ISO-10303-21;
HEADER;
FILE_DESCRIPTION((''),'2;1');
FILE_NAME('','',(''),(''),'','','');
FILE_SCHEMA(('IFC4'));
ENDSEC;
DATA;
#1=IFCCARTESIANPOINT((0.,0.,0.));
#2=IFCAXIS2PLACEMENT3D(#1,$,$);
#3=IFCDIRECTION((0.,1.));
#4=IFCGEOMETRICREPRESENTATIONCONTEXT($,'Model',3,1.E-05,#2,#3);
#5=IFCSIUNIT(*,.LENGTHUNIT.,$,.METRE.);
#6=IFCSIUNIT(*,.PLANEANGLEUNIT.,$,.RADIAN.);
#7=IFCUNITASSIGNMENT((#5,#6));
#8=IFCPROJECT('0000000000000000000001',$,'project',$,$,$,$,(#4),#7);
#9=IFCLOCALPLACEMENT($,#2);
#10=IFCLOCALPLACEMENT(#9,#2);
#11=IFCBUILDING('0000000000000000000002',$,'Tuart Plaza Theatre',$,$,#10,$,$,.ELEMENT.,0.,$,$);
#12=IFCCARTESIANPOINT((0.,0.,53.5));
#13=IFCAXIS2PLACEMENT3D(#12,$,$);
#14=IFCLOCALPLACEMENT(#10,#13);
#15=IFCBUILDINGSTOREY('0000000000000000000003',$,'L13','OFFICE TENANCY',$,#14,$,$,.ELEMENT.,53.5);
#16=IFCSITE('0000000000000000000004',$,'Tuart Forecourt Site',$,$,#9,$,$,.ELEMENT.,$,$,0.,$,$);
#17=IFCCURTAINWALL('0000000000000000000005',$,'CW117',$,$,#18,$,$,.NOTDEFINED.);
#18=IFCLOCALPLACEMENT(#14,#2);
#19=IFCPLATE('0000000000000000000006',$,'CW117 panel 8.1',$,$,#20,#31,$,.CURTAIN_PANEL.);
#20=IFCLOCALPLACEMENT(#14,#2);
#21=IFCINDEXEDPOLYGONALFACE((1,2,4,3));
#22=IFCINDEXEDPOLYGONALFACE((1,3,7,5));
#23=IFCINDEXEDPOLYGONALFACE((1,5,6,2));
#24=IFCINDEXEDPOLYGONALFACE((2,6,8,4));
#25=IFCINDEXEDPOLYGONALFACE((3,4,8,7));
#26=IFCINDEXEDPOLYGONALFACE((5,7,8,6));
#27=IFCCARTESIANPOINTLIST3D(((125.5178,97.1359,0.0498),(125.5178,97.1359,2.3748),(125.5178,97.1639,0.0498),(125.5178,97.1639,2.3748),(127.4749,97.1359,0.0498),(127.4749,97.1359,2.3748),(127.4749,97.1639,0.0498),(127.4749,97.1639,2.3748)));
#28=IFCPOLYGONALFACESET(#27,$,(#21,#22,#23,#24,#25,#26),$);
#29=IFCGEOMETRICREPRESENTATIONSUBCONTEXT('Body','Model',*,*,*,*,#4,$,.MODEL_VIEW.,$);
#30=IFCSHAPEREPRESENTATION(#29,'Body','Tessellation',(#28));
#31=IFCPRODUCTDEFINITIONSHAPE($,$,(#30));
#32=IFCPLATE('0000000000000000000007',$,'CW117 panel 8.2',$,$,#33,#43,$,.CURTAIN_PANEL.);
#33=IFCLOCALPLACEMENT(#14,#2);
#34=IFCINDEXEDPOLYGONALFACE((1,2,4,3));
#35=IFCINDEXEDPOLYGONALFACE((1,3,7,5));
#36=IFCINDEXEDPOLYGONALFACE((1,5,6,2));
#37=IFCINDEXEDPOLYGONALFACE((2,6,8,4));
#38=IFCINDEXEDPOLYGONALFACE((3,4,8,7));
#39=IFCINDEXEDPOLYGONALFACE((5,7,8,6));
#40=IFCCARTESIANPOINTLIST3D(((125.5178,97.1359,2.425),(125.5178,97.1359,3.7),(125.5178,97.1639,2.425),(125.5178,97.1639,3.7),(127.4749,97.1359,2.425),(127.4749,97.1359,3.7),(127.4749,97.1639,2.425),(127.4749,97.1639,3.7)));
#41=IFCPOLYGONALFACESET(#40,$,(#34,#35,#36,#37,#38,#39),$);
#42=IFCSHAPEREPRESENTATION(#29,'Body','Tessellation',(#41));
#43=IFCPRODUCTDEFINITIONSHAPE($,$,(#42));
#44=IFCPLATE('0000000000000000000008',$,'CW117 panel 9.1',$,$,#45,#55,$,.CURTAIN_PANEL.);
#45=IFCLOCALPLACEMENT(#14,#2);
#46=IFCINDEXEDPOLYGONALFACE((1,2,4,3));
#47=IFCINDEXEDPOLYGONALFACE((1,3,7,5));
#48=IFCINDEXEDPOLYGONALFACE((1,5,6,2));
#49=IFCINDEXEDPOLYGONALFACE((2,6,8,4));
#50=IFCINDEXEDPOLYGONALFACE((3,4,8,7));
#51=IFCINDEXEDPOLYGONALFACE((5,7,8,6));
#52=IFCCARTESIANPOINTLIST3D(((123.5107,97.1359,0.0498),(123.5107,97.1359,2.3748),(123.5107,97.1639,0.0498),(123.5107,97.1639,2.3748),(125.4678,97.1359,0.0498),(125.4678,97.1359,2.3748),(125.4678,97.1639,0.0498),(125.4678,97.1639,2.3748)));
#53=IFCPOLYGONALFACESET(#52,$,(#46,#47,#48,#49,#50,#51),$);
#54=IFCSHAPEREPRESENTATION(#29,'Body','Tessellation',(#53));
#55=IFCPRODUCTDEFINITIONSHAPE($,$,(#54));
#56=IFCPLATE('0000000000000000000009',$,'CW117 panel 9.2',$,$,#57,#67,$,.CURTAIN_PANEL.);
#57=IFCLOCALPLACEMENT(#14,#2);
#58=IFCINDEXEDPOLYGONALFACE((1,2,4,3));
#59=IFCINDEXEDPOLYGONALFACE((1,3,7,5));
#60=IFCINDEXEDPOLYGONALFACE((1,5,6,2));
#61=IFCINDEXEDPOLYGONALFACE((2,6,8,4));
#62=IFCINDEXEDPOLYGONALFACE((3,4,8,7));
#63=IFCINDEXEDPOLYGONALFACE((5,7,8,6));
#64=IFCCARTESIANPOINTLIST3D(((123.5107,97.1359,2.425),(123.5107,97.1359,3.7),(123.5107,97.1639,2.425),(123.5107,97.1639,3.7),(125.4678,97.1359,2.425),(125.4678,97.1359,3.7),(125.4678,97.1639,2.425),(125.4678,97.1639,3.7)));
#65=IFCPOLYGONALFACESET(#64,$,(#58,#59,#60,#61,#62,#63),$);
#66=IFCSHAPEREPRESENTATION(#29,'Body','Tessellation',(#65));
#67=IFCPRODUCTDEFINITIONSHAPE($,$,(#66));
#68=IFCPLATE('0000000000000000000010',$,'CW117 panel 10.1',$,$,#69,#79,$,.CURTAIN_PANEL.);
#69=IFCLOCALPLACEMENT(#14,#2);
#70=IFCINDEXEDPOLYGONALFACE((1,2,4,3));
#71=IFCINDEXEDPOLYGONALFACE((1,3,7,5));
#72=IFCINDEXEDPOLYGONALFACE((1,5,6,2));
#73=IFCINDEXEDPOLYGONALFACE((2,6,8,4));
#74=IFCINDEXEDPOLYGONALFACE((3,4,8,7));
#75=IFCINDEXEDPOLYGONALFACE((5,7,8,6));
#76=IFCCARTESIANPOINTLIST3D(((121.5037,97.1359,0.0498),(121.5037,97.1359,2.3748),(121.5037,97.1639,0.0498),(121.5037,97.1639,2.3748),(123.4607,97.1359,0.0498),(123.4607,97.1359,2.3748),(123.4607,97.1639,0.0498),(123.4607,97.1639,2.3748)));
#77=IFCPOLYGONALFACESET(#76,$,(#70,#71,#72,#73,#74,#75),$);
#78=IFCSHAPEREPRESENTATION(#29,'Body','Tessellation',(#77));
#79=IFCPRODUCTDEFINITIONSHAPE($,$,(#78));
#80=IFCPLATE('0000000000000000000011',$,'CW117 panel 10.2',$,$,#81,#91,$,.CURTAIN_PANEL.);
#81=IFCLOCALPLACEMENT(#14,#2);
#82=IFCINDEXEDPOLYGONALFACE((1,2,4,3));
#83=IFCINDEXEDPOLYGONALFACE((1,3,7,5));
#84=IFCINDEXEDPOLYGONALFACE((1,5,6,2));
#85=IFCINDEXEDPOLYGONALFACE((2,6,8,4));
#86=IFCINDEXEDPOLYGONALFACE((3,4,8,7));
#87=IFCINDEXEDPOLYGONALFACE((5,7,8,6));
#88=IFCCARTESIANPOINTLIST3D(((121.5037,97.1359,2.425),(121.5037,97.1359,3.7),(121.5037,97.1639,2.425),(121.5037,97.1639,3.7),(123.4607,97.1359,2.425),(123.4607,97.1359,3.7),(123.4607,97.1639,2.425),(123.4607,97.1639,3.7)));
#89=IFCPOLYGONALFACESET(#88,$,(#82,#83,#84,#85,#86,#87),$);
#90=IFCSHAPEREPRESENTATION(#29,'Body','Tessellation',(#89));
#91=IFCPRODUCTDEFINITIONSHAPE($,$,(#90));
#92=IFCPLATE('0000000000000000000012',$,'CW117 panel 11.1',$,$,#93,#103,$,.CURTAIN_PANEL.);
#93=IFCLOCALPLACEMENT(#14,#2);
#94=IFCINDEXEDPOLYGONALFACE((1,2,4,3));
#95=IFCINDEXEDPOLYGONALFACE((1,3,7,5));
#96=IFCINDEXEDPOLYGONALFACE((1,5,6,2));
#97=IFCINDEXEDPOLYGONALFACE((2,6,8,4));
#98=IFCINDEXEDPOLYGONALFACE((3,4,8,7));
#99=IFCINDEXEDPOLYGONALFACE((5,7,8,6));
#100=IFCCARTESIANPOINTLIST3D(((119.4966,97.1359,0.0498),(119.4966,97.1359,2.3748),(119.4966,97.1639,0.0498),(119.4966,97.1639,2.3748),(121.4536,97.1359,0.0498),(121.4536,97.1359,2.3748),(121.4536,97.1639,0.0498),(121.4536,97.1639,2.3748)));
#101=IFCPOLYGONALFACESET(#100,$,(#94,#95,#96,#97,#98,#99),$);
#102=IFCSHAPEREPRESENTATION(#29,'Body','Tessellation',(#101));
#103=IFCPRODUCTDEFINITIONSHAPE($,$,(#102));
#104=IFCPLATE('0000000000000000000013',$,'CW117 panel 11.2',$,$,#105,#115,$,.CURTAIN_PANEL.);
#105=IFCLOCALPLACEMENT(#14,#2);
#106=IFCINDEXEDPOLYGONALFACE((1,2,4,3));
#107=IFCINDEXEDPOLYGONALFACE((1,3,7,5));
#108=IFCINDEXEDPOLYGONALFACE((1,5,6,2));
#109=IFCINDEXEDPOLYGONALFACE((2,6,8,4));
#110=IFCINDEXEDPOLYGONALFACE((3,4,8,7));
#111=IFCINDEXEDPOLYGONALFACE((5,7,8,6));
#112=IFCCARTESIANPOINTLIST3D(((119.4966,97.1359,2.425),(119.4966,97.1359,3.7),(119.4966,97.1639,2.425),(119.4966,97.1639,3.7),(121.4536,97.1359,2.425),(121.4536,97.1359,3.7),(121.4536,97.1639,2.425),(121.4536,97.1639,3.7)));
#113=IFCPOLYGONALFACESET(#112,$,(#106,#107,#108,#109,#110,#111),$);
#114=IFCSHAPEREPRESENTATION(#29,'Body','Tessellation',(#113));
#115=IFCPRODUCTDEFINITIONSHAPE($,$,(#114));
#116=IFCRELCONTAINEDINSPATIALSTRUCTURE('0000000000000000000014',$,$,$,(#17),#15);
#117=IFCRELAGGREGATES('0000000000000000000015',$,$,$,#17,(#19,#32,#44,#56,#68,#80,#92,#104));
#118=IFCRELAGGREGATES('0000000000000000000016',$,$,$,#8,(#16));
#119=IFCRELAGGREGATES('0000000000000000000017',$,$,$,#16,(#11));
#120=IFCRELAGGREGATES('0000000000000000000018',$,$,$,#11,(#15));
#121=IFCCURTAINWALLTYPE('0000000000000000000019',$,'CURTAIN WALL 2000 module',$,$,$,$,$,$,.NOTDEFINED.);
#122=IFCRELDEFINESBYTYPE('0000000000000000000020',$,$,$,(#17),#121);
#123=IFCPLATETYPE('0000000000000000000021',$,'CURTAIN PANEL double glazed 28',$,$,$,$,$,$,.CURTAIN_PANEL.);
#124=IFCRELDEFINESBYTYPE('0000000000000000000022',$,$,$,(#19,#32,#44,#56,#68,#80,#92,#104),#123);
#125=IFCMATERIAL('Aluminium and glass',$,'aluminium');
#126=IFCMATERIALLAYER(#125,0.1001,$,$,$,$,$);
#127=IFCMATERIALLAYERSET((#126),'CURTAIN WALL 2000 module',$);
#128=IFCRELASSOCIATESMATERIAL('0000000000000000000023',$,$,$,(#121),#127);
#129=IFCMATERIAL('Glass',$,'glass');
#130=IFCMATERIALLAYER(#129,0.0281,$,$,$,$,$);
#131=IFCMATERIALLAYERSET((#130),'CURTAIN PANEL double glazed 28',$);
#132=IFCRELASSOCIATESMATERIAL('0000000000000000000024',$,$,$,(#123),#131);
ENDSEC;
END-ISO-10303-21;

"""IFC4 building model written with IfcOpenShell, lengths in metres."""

from ifc_helpers import new_model, si_unit, direction, frame, origin, origin_2d, place, context, subcontext, project, spatial, rectangle, extrude, material, layer, layer_set, type_object, element, aggregate, save


model = new_model("IFC4")

# Units and contexts
model_context = context("Model", 3, precision=1e-05, world=origin(), true_north=direction((0.0, 1.0)))
body_context = subcontext(model_context, "Body", "Model", "MODEL_VIEW")
ifc_project = project(units=[si_unit("LENGTHUNIT", "METRE"), si_unit("PLANEANGLEUNIT", "RADIAN")], contexts=[model_context])

# Site, building, storey
site_placement = place(None, origin())
site = spatial("IfcSite", under=ifc_project, at=site_placement, Name="Tuart Forecourt Site", CompositionType="ELEMENT", RefElevation=0.0)
building_placement = place(site_placement, origin())
building = spatial("IfcBuilding", under=site, at=building_placement, Name="Tuart Plaza Theatre", CompositionType="ELEMENT", ElevationOfRefHeight=0.0)
storey_placement = place(building_placement, frame((0.0, 0.0, 53.5)))
storey = spatial("IfcBuildingStorey", under=building, at=storey_placement, Name="L13", Description="OFFICE TENANCY", CompositionType="ELEMENT", Elevation=53.5)

# Curtain wall, plates
ifc_material_1 = material(Name="Aluminium and glass", Category="aluminium")
ifc_layer_1 = layer(ifc_material_1, 0.1001)
ifc_layer_set_1 = layer_set([ifc_layer_1], Name="CURTAIN WALL 2000 module")
curtain_wall_type = type_object("IfcCurtainWallType", Name="CURTAIN WALL 2000 module", PredefinedType="NOTDEFINED", material=ifc_layer_set_1)
curtain_wall_placement = place(storey_placement, origin())
curtain_wall = element("IfcCurtainWall", 1, at=curtain_wall_placement, inside=storey, type_object=curtain_wall_type, Name="CW117", PredefinedType="NOTDEFINED")
ifc_material_2 = material(Name="Glass", Category="glass")
ifc_layer_2 = layer(ifc_material_2, 0.0281)
ifc_layer_set_2 = layer_set([ifc_layer_2], Name="CURTAIN PANEL double glazed 28")
plate_type = type_object("IfcPlateType", Name="CURTAIN PANEL double glazed 28", PredefinedType="CURTAIN_PANEL", material=ifc_layer_set_2)
plate_1_placement = place(storey_placement, frame((126.4963, 97.1499, 0.0498), z_axis=(0.0, 0.0, 1.0), x_axis=(-1.0, 0.0, 0.0)))
plate_1 = element("IfcPlate", 2, at=plate_1_placement, type_object=plate_type, Name="CW117 panel 8.1", PredefinedType="CURTAIN_PANEL", context=body_context, shape_type="SweptSolid", body=[
    extrude(rectangle(XDim=1.957, YDim=0.0281, at=origin_2d()), origin(), (0.0, 0.0, 1.0), 2.325),
])
plate_2_placement = place(storey_placement, frame((126.4963, 97.1499, 2.425), z_axis=(0.0, 0.0, 1.0), x_axis=(-1.0, 0.0, 0.0)))
plate_2 = element("IfcPlate", 3, at=plate_2_placement, type_object=plate_type, Name="CW117 panel 8.2", PredefinedType="CURTAIN_PANEL", context=body_context, shape_type="SweptSolid", body=[
    extrude(rectangle(XDim=1.957, YDim=0.0281, at=origin_2d()), origin(), (0.0, 0.0, 1.0), 1.2749),
])
plate_3_placement = place(storey_placement, frame((124.4893, 97.1499, 0.0498), z_axis=(0.0, 0.0, 1.0), x_axis=(-1.0, 0.0, 0.0)))
plate_3 = element("IfcPlate", 4, at=plate_3_placement, type_object=plate_type, Name="CW117 panel 9.1", PredefinedType="CURTAIN_PANEL", context=body_context, shape_type="SweptSolid", body=[
    extrude(rectangle(XDim=1.957, YDim=0.0281, at=origin_2d()), origin(), (0.0, 0.0, 1.0), 2.325),
])
plate_4_placement = place(storey_placement, frame((124.4893, 97.1499, 2.425), z_axis=(0.0, 0.0, 1.0), x_axis=(-1.0, 0.0, 0.0)))
plate_4 = element("IfcPlate", 5, at=plate_4_placement, type_object=plate_type, Name="CW117 panel 9.2", PredefinedType="CURTAIN_PANEL", context=body_context, shape_type="SweptSolid", body=[
    extrude(rectangle(XDim=1.957, YDim=0.0281, at=origin_2d()), origin(), (0.0, 0.0, 1.0), 1.2749),
])
plate_5_placement = place(storey_placement, frame((122.4822, 97.1499, 0.0498), z_axis=(0.0, 0.0, 1.0), x_axis=(-1.0, 0.0, 0.0)))
plate_5 = element("IfcPlate", 6, at=plate_5_placement, type_object=plate_type, Name="CW117 panel 10.1", PredefinedType="CURTAIN_PANEL", context=body_context, shape_type="SweptSolid", body=[
    extrude(rectangle(XDim=1.957, YDim=0.0281, at=origin_2d()), origin(), (0.0, 0.0, 1.0), 2.325),
])
plate_6_placement = place(storey_placement, frame((122.4822, 97.1499, 2.425), z_axis=(0.0, 0.0, 1.0), x_axis=(-1.0, 0.0, 0.0)))
plate_6 = element("IfcPlate", 7, at=plate_6_placement, type_object=plate_type, Name="CW117 panel 10.2", PredefinedType="CURTAIN_PANEL", context=body_context, shape_type="SweptSolid", body=[
    extrude(rectangle(XDim=1.957, YDim=0.0281, at=origin_2d()), origin(), (0.0, 0.0, 1.0), 1.2749),
])
plate_7_placement = place(storey_placement, frame((120.4751, 97.1499, 0.0498), z_axis=(0.0, 0.0, 1.0), x_axis=(-1.0, 0.0, 0.0)))
plate_7 = element("IfcPlate", 8, at=plate_7_placement, type_object=plate_type, Name="CW117 panel 11.1", PredefinedType="CURTAIN_PANEL", context=body_context, shape_type="SweptSolid", body=[
    extrude(rectangle(XDim=1.957, YDim=0.0281, at=origin_2d()), origin(), (0.0, 0.0, 1.0), 2.325),
])
plate_8_placement = place(storey_placement, frame((120.4751, 97.1499, 2.425), z_axis=(0.0, 0.0, 1.0), x_axis=(-1.0, 0.0, 0.0)))
plate_8 = element("IfcPlate", 9, at=plate_8_placement, type_object=plate_type, Name="CW117 panel 11.2", PredefinedType="CURTAIN_PANEL", context=body_context, shape_type="SweptSolid", body=[
    extrude(rectangle(XDim=1.957, YDim=0.0281, at=origin_2d()), origin(), (0.0, 0.0, 1.0), 1.2749),
])
aggregate(curtain_wall, [plate_1, plate_2, plate_3, plate_4, plate_5, plate_6, plate_7, plate_8])

save(model, "model.ifc")
